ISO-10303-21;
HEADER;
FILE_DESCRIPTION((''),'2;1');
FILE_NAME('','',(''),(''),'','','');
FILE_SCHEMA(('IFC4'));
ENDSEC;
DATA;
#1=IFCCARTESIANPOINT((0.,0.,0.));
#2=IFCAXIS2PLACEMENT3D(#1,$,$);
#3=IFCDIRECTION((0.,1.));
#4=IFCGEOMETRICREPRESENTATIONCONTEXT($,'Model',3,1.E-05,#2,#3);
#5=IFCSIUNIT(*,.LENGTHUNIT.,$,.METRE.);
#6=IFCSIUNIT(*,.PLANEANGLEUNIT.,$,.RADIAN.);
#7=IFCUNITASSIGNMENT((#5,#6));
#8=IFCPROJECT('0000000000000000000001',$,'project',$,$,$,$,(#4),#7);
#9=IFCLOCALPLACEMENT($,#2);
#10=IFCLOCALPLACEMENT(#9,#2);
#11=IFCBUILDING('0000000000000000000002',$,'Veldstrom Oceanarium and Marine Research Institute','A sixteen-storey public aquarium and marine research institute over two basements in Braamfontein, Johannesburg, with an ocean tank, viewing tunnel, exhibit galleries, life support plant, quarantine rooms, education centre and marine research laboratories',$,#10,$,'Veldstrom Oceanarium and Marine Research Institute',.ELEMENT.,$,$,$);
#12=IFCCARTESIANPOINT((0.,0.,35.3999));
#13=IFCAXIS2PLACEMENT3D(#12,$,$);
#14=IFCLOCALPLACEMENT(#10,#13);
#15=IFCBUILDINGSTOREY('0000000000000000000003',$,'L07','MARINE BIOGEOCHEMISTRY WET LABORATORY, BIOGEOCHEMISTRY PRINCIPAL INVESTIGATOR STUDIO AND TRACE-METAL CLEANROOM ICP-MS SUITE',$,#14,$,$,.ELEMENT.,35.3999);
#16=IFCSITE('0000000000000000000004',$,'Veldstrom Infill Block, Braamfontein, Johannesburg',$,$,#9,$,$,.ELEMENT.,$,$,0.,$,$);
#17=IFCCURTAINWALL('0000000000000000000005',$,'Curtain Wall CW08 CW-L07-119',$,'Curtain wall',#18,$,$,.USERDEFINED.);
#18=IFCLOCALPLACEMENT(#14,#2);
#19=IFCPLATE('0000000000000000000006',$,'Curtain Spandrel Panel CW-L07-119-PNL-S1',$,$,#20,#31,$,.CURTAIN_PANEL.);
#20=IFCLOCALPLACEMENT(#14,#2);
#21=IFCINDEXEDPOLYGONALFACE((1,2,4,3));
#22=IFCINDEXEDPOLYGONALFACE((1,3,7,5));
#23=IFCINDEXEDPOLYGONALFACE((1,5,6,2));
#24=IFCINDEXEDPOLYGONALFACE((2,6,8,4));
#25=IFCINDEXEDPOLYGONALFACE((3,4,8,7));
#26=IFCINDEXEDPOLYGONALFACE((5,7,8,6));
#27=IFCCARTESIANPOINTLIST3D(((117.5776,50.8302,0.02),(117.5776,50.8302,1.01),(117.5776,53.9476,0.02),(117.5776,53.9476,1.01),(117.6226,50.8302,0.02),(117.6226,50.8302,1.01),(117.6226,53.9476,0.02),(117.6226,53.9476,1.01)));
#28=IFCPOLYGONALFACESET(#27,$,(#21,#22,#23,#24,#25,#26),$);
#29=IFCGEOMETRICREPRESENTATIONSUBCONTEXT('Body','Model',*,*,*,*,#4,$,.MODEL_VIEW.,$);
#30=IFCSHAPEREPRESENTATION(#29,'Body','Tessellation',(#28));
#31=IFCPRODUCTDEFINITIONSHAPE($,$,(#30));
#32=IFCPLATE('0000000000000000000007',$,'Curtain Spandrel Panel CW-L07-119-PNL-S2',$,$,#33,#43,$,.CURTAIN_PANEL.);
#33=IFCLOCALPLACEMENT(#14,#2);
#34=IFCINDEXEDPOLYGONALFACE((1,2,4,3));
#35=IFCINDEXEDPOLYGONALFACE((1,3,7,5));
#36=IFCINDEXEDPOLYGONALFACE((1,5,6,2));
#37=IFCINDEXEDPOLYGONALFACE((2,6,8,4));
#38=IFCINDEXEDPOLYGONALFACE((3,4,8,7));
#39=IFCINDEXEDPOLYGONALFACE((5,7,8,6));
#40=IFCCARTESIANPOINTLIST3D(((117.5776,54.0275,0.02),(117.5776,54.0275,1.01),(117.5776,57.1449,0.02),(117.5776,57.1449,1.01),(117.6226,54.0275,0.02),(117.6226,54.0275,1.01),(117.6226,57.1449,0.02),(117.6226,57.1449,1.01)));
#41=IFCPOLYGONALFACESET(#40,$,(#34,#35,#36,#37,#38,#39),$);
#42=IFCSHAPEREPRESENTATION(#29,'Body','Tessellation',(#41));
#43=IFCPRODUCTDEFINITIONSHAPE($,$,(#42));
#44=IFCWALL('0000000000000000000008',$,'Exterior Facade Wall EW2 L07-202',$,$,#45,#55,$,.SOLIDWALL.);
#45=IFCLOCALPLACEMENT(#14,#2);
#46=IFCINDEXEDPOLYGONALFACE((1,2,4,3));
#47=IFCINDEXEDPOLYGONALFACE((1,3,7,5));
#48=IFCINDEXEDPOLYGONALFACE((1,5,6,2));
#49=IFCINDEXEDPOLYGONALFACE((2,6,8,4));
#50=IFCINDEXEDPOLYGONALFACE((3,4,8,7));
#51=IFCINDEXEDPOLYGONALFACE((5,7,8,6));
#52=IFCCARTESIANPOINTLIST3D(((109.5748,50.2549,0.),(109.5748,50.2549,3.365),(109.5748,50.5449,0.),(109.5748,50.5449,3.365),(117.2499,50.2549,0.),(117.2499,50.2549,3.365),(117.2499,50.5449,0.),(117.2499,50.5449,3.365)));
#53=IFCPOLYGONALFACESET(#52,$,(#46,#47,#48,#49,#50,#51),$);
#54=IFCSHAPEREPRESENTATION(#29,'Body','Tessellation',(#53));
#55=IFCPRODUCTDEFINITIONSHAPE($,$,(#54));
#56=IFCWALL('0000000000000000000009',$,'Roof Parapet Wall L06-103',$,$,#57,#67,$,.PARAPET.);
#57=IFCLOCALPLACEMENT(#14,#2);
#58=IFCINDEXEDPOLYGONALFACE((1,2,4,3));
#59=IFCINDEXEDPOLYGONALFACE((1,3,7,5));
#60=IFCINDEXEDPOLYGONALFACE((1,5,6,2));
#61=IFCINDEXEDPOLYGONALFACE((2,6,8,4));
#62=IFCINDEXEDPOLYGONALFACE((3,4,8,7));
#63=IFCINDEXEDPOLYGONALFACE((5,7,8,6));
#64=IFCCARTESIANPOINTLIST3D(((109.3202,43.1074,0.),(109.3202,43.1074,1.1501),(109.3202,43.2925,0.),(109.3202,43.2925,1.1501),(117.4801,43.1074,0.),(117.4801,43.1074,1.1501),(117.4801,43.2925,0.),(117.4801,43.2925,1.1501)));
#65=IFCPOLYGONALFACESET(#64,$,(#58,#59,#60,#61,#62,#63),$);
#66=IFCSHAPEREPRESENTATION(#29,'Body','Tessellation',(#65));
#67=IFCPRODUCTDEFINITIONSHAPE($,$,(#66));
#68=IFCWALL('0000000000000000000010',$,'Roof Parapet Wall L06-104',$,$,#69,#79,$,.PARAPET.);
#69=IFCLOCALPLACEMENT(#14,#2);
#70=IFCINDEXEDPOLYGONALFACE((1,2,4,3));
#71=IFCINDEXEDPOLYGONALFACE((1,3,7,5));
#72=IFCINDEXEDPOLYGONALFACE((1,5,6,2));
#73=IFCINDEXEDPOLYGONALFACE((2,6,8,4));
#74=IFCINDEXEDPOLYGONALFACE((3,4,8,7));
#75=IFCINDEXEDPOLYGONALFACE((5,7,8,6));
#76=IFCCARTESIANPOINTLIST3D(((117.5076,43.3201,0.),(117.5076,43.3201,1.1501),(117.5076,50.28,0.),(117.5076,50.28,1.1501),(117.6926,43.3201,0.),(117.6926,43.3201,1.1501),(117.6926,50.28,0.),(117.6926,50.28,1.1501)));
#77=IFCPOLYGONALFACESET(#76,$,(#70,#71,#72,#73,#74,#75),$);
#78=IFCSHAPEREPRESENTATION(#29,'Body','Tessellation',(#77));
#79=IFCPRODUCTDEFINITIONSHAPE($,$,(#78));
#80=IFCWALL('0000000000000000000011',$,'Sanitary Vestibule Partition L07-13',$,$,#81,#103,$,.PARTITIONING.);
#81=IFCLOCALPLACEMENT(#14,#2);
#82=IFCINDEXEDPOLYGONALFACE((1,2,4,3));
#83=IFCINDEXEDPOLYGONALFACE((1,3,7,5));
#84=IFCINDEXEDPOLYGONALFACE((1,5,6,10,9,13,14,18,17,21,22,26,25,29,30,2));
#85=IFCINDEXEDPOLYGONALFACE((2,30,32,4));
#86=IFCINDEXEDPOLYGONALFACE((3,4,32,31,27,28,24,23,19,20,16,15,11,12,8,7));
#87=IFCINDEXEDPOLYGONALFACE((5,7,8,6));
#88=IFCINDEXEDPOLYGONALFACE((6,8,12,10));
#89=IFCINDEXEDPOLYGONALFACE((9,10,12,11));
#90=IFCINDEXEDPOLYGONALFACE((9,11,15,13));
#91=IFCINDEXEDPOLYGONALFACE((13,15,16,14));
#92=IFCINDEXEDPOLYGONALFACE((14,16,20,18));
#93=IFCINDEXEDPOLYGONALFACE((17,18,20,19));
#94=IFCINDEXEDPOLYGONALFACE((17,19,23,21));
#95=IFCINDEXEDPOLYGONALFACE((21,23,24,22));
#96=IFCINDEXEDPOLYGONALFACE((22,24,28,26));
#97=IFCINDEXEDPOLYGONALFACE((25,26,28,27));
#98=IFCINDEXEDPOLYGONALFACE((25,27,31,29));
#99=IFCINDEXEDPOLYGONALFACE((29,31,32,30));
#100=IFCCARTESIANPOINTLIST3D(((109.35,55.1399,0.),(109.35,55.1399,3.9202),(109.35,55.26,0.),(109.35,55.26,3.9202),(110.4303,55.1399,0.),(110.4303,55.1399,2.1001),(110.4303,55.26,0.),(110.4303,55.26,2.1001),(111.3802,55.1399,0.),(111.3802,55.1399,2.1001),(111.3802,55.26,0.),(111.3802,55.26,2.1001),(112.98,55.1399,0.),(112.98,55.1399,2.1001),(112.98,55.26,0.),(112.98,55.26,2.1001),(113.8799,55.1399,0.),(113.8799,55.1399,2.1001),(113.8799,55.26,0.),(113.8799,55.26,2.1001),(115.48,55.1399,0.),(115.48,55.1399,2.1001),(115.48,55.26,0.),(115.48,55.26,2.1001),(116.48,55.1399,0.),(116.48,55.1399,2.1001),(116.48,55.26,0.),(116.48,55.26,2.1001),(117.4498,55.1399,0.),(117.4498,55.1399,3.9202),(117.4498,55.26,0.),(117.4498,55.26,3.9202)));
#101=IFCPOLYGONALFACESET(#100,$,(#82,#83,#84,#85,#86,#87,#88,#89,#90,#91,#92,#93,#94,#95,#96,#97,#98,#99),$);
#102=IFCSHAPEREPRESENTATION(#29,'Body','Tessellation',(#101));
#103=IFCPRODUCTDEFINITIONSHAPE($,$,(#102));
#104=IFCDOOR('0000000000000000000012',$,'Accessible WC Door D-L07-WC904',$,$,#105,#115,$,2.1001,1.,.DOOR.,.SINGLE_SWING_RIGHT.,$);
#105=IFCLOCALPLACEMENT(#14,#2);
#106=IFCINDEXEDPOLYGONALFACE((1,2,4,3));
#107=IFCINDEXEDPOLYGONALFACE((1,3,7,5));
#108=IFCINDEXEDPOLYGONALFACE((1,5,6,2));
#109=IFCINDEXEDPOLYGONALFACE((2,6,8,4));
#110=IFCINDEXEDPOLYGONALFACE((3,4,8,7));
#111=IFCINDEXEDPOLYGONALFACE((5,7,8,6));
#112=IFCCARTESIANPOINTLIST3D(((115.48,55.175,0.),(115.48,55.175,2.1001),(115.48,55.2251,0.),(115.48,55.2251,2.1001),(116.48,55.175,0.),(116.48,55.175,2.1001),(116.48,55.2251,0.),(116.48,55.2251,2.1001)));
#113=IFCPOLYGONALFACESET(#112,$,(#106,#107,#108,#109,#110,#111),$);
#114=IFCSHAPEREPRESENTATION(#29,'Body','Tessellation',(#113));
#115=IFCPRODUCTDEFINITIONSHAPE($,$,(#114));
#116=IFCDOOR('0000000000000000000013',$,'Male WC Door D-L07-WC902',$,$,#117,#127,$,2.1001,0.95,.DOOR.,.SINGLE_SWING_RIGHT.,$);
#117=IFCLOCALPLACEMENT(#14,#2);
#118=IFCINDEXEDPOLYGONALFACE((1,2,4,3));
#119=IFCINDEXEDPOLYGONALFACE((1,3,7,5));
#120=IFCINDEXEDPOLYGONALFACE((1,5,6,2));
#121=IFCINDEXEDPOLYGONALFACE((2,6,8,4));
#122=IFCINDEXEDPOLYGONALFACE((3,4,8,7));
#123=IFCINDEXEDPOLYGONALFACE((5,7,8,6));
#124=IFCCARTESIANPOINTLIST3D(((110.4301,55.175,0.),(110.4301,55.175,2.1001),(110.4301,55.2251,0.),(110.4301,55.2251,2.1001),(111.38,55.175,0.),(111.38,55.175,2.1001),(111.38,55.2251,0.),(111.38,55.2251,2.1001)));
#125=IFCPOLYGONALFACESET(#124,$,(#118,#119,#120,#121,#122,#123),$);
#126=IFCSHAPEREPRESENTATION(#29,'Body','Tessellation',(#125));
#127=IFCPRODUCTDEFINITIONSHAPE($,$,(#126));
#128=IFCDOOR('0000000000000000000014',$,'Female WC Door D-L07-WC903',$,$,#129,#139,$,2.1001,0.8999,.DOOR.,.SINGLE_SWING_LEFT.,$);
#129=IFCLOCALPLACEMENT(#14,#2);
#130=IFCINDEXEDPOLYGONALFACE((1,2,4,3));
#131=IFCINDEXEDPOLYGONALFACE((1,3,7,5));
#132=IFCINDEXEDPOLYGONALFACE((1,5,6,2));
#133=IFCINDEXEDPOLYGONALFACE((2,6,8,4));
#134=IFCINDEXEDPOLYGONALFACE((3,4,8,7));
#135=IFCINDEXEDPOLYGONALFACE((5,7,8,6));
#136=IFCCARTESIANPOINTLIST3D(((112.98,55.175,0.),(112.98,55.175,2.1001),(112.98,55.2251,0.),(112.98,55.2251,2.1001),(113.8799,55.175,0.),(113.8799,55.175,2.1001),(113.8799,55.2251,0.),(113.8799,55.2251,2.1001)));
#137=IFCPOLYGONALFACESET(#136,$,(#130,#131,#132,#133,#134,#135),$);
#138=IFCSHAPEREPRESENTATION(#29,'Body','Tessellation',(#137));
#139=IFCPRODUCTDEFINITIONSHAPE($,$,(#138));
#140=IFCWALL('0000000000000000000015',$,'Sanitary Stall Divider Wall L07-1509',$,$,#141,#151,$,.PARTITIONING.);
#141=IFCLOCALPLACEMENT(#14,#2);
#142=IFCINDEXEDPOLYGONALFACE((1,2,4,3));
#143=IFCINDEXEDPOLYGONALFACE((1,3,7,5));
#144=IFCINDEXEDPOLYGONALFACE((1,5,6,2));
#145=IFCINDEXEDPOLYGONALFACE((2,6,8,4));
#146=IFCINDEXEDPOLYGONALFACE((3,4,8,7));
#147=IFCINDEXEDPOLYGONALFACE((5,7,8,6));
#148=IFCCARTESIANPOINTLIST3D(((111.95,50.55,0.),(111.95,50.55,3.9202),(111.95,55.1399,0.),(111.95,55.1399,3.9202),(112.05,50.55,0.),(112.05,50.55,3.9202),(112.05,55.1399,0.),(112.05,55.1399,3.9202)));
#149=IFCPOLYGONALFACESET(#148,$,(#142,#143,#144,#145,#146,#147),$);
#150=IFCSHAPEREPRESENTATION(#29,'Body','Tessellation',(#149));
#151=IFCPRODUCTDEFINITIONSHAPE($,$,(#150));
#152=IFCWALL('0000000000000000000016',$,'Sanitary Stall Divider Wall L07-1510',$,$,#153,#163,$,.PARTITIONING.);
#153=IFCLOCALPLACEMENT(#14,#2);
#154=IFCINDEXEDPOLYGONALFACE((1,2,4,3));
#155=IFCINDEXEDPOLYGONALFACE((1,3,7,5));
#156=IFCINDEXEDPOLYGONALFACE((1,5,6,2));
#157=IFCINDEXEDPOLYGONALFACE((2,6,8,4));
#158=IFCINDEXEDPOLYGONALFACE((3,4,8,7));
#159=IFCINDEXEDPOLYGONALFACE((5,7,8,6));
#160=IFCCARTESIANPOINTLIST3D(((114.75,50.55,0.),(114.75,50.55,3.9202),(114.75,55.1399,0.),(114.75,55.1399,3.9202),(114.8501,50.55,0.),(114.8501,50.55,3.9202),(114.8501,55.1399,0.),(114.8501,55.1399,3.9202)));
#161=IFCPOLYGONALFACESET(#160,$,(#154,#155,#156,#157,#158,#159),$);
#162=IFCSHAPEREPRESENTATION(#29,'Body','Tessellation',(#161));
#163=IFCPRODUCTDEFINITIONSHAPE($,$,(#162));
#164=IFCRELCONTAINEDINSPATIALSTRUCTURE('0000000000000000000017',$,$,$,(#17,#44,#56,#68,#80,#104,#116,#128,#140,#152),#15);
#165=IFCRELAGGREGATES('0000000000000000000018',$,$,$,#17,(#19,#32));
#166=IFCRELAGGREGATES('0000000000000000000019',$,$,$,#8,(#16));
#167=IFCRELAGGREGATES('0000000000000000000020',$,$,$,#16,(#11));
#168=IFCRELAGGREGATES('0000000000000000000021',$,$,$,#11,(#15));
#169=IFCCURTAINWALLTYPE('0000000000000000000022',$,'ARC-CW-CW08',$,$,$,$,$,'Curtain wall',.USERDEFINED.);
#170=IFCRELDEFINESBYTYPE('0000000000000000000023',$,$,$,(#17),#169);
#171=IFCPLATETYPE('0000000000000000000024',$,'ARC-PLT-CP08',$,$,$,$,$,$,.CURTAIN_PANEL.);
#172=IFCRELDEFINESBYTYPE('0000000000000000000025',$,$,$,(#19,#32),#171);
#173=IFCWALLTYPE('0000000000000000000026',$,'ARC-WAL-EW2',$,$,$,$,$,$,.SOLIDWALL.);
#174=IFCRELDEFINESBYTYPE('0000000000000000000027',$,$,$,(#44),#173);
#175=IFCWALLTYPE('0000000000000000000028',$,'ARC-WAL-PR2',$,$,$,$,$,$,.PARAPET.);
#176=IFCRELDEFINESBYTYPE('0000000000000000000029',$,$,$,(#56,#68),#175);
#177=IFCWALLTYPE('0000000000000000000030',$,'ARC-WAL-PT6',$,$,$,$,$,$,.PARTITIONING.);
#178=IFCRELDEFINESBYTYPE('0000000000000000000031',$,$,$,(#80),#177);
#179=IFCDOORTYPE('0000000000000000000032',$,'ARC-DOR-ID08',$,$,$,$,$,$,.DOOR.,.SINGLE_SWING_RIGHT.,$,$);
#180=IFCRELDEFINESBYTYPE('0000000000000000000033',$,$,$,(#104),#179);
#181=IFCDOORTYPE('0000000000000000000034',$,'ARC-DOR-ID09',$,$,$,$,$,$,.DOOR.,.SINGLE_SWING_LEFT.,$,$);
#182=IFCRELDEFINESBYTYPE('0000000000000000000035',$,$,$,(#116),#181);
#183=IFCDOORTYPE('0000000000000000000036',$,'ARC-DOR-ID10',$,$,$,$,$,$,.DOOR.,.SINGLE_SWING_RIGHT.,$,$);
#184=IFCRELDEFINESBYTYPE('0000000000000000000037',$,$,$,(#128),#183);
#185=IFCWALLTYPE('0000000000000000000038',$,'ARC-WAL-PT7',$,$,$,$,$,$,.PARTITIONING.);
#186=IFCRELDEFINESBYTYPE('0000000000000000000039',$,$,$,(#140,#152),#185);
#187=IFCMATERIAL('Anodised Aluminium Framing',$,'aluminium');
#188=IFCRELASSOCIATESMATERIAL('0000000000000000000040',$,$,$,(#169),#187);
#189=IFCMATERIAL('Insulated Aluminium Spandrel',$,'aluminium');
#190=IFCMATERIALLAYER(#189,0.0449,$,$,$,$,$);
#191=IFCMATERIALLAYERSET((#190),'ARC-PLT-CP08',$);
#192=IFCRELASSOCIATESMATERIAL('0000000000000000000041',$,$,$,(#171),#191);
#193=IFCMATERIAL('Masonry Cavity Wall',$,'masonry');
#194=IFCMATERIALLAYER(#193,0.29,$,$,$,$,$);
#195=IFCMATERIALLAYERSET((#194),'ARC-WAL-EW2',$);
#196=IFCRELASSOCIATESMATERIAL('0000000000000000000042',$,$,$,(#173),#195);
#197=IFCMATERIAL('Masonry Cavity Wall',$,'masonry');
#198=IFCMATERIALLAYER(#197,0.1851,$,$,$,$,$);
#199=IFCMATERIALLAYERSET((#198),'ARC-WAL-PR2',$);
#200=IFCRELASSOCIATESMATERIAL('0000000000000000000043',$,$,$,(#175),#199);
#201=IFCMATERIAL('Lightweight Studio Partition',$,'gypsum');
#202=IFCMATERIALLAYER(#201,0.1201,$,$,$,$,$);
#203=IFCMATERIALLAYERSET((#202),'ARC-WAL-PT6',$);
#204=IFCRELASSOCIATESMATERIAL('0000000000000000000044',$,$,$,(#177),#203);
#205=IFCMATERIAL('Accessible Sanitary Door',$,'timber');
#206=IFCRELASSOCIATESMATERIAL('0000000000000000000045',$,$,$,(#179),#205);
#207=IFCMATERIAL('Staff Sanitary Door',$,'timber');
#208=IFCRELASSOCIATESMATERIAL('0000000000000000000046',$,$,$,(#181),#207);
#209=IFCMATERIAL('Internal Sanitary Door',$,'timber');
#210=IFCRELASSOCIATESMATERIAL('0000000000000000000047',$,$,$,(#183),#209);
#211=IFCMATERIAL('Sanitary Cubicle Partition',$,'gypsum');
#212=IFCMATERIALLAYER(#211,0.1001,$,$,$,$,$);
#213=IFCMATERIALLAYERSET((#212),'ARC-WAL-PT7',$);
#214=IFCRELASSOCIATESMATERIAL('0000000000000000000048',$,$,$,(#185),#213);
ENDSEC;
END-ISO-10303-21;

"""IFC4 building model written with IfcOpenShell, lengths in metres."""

from ifc_helpers import new_model, si_unit, direction, frame, frame_2d, origin, origin_2d, place, context, subcontext, project, spatial, rectangle, extrude, material, layer, layer_set, type_object, element, fill, aggregate, save


model = new_model("IFC4")

# Units and contexts
model_context = context("Model", 3, precision=1e-05, world=origin(), true_north=direction((0.0, 1.0)))
body_context = subcontext(model_context, "Body", "Model", "MODEL_VIEW")
ifc_project = project(units=[si_unit("LENGTHUNIT", "METRE"), si_unit("PLANEANGLEUNIT", "RADIAN")], contexts=[model_context])

# Site, building, storey
site_placement = place(None, origin())
site = spatial("IfcSite", under=ifc_project, at=site_placement, Name="Veldstrom Infill Block, Braamfontein, Johannesburg", CompositionType="ELEMENT", RefElevation=0.0)
building_placement = place(site_placement, origin())
building = spatial("IfcBuilding", under=site, at=building_placement, Name="Veldstrom Oceanarium and Marine Research Institute", Description="A sixteen-storey public aquarium and marine research institute over two basements in Braamfontein, Johannesburg, with an ocean tank, viewing tunnel, exhibit galleries, life support plant, quarantine rooms, education centre and marine research laboratories", LongName="Veldstrom Oceanarium and Marine Research Institute", CompositionType="ELEMENT")
storey_placement = place(building_placement, frame((0.0, 0.0, 35.3999)))
storey = spatial("IfcBuildingStorey", under=building, at=storey_placement, Name="L07", Description="MARINE BIOGEOCHEMISTRY WET LABORATORY, BIOGEOCHEMISTRY PRINCIPAL INVESTIGATOR STUDIO AND TRACE-METAL CLEANROOM ICP-MS SUITE", CompositionType="ELEMENT", Elevation=35.3999)

# Curtain wall
ifc_material_1 = material(Name="Anodised Aluminium Framing", Category="aluminium")
curtain_wall_type = type_object("IfcCurtainWallType", Name="ARC-CW-CW08", ElementType="Curtain wall", PredefinedType="USERDEFINED", material=ifc_material_1)
curtain_wall_placement = place(storey_placement, origin())
curtain_wall = element("IfcCurtainWall", 1, at=curtain_wall_placement, inside=storey, type_object=curtain_wall_type, Name="Curtain Wall CW08 CW-L07-119", ObjectType="Curtain wall", PredefinedType="USERDEFINED")

# Plates
ifc_material_2 = material(Name="Insulated Aluminium Spandrel", Category="aluminium")
ifc_layer_1 = layer(ifc_material_2, 0.0449)
ifc_layer_set_1 = layer_set([ifc_layer_1], Name="ARC-PLT-CP08")
plate_type_1 = type_object("IfcPlateType", Name="ARC-PLT-CP08", PredefinedType="CURTAIN_PANEL", material=ifc_layer_set_1)
plate_1_placement = place(storey_placement, frame((117.6001, 52.3889, 0.02), z_axis=(0.0, 0.0, 1.0), x_axis=(0.0, 1.0, 0.0)))
plate_1 = element("IfcPlate", 2, at=plate_1_placement, type_object=plate_type_1, Name="Curtain Spandrel Panel CW-L07-119-PNL-S1", PredefinedType="CURTAIN_PANEL", context=body_context, shape_type="SweptSolid", body=[
    extrude(rectangle(XDim=3.1174, YDim=0.0449, at=origin_2d()), origin(), (0.0, 0.0, 1.0), 0.99),
])
plate_2_placement = place(storey_placement, frame((117.6001, 55.5862, 0.02), z_axis=(0.0, 0.0, 1.0), x_axis=(0.0, 1.0, 0.0)))
plate_2 = element("IfcPlate", 3, at=plate_2_placement, type_object=plate_type_1, Name="Curtain Spandrel Panel CW-L07-119-PNL-S2", PredefinedType="CURTAIN_PANEL", context=body_context, shape_type="SweptSolid", body=[
    extrude(rectangle(XDim=3.1174, YDim=0.0449, at=origin_2d()), origin(), (0.0, 0.0, 1.0), 0.99),
])
aggregate(curtain_wall, [plate_1, plate_2])

# Walls
ifc_material_3 = material(Name="Masonry Cavity Wall", Category="masonry")
ifc_layer_2 = layer(ifc_material_3, 0.29)
ifc_layer_set_2 = layer_set([ifc_layer_2], Name="ARC-WAL-EW2")
wall_type_1 = type_object("IfcWallType", Name="ARC-WAL-EW2", PredefinedType="SOLIDWALL", material=ifc_layer_set_2)
wall_1_placement = place(storey_placement, frame((109.575, 50.3999, 0.0), z_axis=(0.0, 0.0, 1.0), x_axis=(1.0, 0.0, 0.0)))
element("IfcWall", 4, at=wall_1_placement, inside=storey, type_object=wall_type_1, Name="Exterior Facade Wall EW2 L07-202", PredefinedType="SOLIDWALL", context=body_context, shape_type="SweptSolid", body=[
    extrude(rectangle(XDim=7.675, YDim=0.29, at=frame_2d((3.8374, 0.0))), origin(), (0.0, 0.0, 1.0), 3.365),
])
ifc_material_4 = material(Name="Masonry Cavity Wall", Category="masonry")
ifc_layer_3 = layer(ifc_material_4, 0.1851)
ifc_layer_set_3 = layer_set([ifc_layer_3], Name="ARC-WAL-PR2")
wall_type_2 = type_object("IfcWallType", Name="ARC-WAL-PR2", PredefinedType="PARAPET", material=ifc_layer_set_3)
wall_2_placement = place(storey_placement, frame((109.3201, 43.2, 0.0), z_axis=(0.0, 0.0, 1.0), x_axis=(1.0, 0.0, 0.0)))
element("IfcWall", 5, at=wall_2_placement, inside=storey, type_object=wall_type_2, Name="Roof Parapet Wall L06-103", PredefinedType="PARAPET", context=body_context, shape_type="SweptSolid", body=[
    extrude(rectangle(XDim=8.1599, YDim=0.1851, at=frame_2d((4.0801, 0.0))), origin(), (0.0, 0.0, 1.0), 1.1501),
])
wall_3_placement = place(storey_placement, frame((117.6001, 43.3201, 0.0), z_axis=(0.0, 0.0, 1.0), x_axis=(0.0, 1.0, 0.0)))
element("IfcWall", 6, at=wall_3_placement, inside=storey, type_object=wall_type_2, Name="Roof Parapet Wall L06-104", PredefinedType="PARAPET", context=body_context, shape_type="SweptSolid", body=[
    extrude(rectangle(XDim=6.96, YDim=0.1851, at=frame_2d((3.48, 0.0))), origin(), (0.0, 0.0, 1.0), 1.1501),
])

# Wall, openings, doors
ifc_material_5 = material(Name="Lightweight Studio Partition", Category="gypsum")
ifc_layer_4 = layer(ifc_material_5, 0.1201)
ifc_layer_set_4 = layer_set([ifc_layer_4], Name="ARC-WAL-PT6")
wall_type_3 = type_object("IfcWallType", Name="ARC-WAL-PT6", PredefinedType="PARTITIONING", material=ifc_layer_set_4)
wall_4_placement = place(storey_placement, frame((109.3501, 55.2, 0.0), z_axis=(0.0, 0.0, 1.0), x_axis=(1.0, 0.0, 0.0)))
wall_4 = element("IfcWall", 7, at=wall_4_placement, inside=storey, type_object=wall_type_3, Name="Sanitary Vestibule Partition L07-13", PredefinedType="PARTITIONING", context=body_context, shape_type="SweptSolid", body=[
    extrude(rectangle(XDim=8.0999, YDim=0.1201, at=frame_2d((4.0498, 0.0))), origin(), (0.0, 0.0, 1.0), 3.9202),
])
opening_1_placement = place(wall_4_placement, frame((1.0801, 0.0, 0.0)))
opening_1 = element("IfcOpeningElement", 8, at=opening_1_placement, cuts=wall_4, PredefinedType="OPENING", context=body_context, shape_type="SweptSolid", body=[
    extrude(rectangle(XDim=0.95, YDim=2.1001, at=frame_2d((0.4751, 1.05))), frame((0.0, 0.0701, 0.0), z_axis=(0.0, -1.0, 0.0), x_axis=(1.0, 0.0, 0.0)), (0.0, 0.0, 1.0), 0.1401),
])
opening_2_placement = place(wall_4_placement, frame((3.6299, 0.0, 0.0)))
opening_2 = element("IfcOpeningElement", 9, at=opening_2_placement, cuts=wall_4, PredefinedType="OPENING", context=body_context, shape_type="SweptSolid", body=[
    extrude(rectangle(XDim=0.8999, YDim=2.1001, at=frame_2d((0.45, 1.05))), frame((0.0, 0.0701, 0.0), z_axis=(0.0, -1.0, 0.0), x_axis=(1.0, 0.0, 0.0)), (0.0, 0.0, 1.0), 0.1401),
])
opening_3_placement = place(wall_4_placement, frame((6.1299, 0.0, 0.0)))
opening_3 = element("IfcOpeningElement", 10, at=opening_3_placement, cuts=wall_4, PredefinedType="OPENING", context=body_context, shape_type="SweptSolid", body=[
    extrude(rectangle(XDim=1.0, YDim=2.1001, at=frame_2d((0.5, 1.05))), frame((0.0, 0.0701, 0.0), z_axis=(0.0, -1.0, 0.0), x_axis=(1.0, 0.0, 0.0)), (0.0, 0.0, 1.0), 0.1401),
])
ifc_material_6 = material(Name="Accessible Sanitary Door", Category="timber")
door_type_1 = type_object("IfcDoorType", Name="ARC-DOR-ID08", OperationType="SINGLE_SWING_RIGHT", PredefinedType="DOOR", material=ifc_material_6)
door_1_placement = place(opening_3_placement, frame((1.0, 0.0, 0.0), z_axis=(0.0, 0.0, 1.0), x_axis=(-1.0, 0.0, 0.0)))
door_1 = element("IfcDoor", 11, at=door_1_placement, inside=storey, type_object=door_type_1, Name="Accessible WC Door D-L07-WC904", OperationType="SINGLE_SWING_RIGHT", OverallHeight=2.1001, OverallWidth=1.0, PredefinedType="DOOR", context=body_context, shape_type="SweptSolid", body=[
    extrude(rectangle(XDim=1.0, YDim=2.1001, at=frame_2d((0.5, 1.05))), frame((0.0, 0.0249, 0.0), z_axis=(0.0, -1.0, 0.0), x_axis=(1.0, 0.0, 0.0)), (0.0, 0.0, 1.0), 0.05),
])
fill(opening_3, door_1)
ifc_material_7 = material(Name="Staff Sanitary Door", Category="timber")
door_type_2 = type_object("IfcDoorType", Name="ARC-DOR-ID09", OperationType="SINGLE_SWING_LEFT", PredefinedType="DOOR", material=ifc_material_7)
door_2_placement = place(opening_1_placement, frame((0.95, 0.0, 0.0), z_axis=(0.0, 0.0, 1.0), x_axis=(-1.0, 0.0, 0.0)))
door_2 = element("IfcDoor", 12, at=door_2_placement, inside=storey, type_object=door_type_2, Name="Male WC Door D-L07-WC902", OperationType="SINGLE_SWING_RIGHT", OverallHeight=2.1001, OverallWidth=0.95, PredefinedType="DOOR", context=body_context, shape_type="SweptSolid", body=[
    extrude(rectangle(XDim=0.95, YDim=2.1001, at=frame_2d((0.4751, 1.05))), frame((0.0, 0.0249, 0.0), z_axis=(0.0, -1.0, 0.0), x_axis=(1.0, 0.0, 0.0)), (0.0, 0.0, 1.0), 0.05),
])
fill(opening_1, door_2)
ifc_material_8 = material(Name="Internal Sanitary Door", Category="timber")
door_type_3 = type_object("IfcDoorType", Name="ARC-DOR-ID10", OperationType="SINGLE_SWING_RIGHT", PredefinedType="DOOR", material=ifc_material_8)
door_3_placement = place(opening_2_placement, frame((0.8999, 0.0, 0.0), z_axis=(0.0, 0.0, 1.0), x_axis=(-1.0, 0.0, 0.0)))
door_3 = element("IfcDoor", 13, at=door_3_placement, inside=storey, type_object=door_type_3, Name="Female WC Door D-L07-WC903", OperationType="SINGLE_SWING_LEFT", OverallHeight=2.1001, OverallWidth=0.8999, PredefinedType="DOOR", context=body_context, shape_type="SweptSolid", body=[
    extrude(rectangle(XDim=0.8999, YDim=2.1001, at=frame_2d((0.45, 1.05))), frame((0.0, 0.0249, 0.0), z_axis=(0.0, -1.0, 0.0), x_axis=(1.0, 0.0, 0.0)), (0.0, 0.0, 1.0), 0.05),
])
fill(opening_2, door_3)

# Walls
ifc_material_9 = material(Name="Sanitary Cubicle Partition", Category="gypsum")
ifc_layer_5 = layer(ifc_material_9, 0.1001)
ifc_layer_set_5 = layer_set([ifc_layer_5], Name="ARC-WAL-PT7")
wall_type_4 = type_object("IfcWallType", Name="ARC-WAL-PT7", PredefinedType="PARTITIONING", material=ifc_layer_set_5)
for number, where, z_axis, x_axis, name in (
    (14, (112.0, 50.55, 0.0), (0.0, 0.0, 1.0), (0.0, 1.0, 0.0), "Sanitary Stall Divider Wall L07-1509"),
    (15, (114.8, 50.55, 0.0), (0.0, 0.0, 1.0), (0.0, 1.0, 0.0), "Sanitary Stall Divider Wall L07-1510"),
):
    element("IfcWall", number, at=place(storey_placement, frame(where, z_axis=z_axis, x_axis=x_axis)), inside=storey, type_object=wall_type_4, Name=name, PredefinedType="PARTITIONING", context=body_context, shape_type="SweptSolid", body=[
        extrude(rectangle(XDim=4.5898, YDim=0.1001, at=frame_2d((2.2949, 0.0))), origin(), (0.0, 0.0, 1.0), 3.9202),
    ])

save(model, "model.ifc")
